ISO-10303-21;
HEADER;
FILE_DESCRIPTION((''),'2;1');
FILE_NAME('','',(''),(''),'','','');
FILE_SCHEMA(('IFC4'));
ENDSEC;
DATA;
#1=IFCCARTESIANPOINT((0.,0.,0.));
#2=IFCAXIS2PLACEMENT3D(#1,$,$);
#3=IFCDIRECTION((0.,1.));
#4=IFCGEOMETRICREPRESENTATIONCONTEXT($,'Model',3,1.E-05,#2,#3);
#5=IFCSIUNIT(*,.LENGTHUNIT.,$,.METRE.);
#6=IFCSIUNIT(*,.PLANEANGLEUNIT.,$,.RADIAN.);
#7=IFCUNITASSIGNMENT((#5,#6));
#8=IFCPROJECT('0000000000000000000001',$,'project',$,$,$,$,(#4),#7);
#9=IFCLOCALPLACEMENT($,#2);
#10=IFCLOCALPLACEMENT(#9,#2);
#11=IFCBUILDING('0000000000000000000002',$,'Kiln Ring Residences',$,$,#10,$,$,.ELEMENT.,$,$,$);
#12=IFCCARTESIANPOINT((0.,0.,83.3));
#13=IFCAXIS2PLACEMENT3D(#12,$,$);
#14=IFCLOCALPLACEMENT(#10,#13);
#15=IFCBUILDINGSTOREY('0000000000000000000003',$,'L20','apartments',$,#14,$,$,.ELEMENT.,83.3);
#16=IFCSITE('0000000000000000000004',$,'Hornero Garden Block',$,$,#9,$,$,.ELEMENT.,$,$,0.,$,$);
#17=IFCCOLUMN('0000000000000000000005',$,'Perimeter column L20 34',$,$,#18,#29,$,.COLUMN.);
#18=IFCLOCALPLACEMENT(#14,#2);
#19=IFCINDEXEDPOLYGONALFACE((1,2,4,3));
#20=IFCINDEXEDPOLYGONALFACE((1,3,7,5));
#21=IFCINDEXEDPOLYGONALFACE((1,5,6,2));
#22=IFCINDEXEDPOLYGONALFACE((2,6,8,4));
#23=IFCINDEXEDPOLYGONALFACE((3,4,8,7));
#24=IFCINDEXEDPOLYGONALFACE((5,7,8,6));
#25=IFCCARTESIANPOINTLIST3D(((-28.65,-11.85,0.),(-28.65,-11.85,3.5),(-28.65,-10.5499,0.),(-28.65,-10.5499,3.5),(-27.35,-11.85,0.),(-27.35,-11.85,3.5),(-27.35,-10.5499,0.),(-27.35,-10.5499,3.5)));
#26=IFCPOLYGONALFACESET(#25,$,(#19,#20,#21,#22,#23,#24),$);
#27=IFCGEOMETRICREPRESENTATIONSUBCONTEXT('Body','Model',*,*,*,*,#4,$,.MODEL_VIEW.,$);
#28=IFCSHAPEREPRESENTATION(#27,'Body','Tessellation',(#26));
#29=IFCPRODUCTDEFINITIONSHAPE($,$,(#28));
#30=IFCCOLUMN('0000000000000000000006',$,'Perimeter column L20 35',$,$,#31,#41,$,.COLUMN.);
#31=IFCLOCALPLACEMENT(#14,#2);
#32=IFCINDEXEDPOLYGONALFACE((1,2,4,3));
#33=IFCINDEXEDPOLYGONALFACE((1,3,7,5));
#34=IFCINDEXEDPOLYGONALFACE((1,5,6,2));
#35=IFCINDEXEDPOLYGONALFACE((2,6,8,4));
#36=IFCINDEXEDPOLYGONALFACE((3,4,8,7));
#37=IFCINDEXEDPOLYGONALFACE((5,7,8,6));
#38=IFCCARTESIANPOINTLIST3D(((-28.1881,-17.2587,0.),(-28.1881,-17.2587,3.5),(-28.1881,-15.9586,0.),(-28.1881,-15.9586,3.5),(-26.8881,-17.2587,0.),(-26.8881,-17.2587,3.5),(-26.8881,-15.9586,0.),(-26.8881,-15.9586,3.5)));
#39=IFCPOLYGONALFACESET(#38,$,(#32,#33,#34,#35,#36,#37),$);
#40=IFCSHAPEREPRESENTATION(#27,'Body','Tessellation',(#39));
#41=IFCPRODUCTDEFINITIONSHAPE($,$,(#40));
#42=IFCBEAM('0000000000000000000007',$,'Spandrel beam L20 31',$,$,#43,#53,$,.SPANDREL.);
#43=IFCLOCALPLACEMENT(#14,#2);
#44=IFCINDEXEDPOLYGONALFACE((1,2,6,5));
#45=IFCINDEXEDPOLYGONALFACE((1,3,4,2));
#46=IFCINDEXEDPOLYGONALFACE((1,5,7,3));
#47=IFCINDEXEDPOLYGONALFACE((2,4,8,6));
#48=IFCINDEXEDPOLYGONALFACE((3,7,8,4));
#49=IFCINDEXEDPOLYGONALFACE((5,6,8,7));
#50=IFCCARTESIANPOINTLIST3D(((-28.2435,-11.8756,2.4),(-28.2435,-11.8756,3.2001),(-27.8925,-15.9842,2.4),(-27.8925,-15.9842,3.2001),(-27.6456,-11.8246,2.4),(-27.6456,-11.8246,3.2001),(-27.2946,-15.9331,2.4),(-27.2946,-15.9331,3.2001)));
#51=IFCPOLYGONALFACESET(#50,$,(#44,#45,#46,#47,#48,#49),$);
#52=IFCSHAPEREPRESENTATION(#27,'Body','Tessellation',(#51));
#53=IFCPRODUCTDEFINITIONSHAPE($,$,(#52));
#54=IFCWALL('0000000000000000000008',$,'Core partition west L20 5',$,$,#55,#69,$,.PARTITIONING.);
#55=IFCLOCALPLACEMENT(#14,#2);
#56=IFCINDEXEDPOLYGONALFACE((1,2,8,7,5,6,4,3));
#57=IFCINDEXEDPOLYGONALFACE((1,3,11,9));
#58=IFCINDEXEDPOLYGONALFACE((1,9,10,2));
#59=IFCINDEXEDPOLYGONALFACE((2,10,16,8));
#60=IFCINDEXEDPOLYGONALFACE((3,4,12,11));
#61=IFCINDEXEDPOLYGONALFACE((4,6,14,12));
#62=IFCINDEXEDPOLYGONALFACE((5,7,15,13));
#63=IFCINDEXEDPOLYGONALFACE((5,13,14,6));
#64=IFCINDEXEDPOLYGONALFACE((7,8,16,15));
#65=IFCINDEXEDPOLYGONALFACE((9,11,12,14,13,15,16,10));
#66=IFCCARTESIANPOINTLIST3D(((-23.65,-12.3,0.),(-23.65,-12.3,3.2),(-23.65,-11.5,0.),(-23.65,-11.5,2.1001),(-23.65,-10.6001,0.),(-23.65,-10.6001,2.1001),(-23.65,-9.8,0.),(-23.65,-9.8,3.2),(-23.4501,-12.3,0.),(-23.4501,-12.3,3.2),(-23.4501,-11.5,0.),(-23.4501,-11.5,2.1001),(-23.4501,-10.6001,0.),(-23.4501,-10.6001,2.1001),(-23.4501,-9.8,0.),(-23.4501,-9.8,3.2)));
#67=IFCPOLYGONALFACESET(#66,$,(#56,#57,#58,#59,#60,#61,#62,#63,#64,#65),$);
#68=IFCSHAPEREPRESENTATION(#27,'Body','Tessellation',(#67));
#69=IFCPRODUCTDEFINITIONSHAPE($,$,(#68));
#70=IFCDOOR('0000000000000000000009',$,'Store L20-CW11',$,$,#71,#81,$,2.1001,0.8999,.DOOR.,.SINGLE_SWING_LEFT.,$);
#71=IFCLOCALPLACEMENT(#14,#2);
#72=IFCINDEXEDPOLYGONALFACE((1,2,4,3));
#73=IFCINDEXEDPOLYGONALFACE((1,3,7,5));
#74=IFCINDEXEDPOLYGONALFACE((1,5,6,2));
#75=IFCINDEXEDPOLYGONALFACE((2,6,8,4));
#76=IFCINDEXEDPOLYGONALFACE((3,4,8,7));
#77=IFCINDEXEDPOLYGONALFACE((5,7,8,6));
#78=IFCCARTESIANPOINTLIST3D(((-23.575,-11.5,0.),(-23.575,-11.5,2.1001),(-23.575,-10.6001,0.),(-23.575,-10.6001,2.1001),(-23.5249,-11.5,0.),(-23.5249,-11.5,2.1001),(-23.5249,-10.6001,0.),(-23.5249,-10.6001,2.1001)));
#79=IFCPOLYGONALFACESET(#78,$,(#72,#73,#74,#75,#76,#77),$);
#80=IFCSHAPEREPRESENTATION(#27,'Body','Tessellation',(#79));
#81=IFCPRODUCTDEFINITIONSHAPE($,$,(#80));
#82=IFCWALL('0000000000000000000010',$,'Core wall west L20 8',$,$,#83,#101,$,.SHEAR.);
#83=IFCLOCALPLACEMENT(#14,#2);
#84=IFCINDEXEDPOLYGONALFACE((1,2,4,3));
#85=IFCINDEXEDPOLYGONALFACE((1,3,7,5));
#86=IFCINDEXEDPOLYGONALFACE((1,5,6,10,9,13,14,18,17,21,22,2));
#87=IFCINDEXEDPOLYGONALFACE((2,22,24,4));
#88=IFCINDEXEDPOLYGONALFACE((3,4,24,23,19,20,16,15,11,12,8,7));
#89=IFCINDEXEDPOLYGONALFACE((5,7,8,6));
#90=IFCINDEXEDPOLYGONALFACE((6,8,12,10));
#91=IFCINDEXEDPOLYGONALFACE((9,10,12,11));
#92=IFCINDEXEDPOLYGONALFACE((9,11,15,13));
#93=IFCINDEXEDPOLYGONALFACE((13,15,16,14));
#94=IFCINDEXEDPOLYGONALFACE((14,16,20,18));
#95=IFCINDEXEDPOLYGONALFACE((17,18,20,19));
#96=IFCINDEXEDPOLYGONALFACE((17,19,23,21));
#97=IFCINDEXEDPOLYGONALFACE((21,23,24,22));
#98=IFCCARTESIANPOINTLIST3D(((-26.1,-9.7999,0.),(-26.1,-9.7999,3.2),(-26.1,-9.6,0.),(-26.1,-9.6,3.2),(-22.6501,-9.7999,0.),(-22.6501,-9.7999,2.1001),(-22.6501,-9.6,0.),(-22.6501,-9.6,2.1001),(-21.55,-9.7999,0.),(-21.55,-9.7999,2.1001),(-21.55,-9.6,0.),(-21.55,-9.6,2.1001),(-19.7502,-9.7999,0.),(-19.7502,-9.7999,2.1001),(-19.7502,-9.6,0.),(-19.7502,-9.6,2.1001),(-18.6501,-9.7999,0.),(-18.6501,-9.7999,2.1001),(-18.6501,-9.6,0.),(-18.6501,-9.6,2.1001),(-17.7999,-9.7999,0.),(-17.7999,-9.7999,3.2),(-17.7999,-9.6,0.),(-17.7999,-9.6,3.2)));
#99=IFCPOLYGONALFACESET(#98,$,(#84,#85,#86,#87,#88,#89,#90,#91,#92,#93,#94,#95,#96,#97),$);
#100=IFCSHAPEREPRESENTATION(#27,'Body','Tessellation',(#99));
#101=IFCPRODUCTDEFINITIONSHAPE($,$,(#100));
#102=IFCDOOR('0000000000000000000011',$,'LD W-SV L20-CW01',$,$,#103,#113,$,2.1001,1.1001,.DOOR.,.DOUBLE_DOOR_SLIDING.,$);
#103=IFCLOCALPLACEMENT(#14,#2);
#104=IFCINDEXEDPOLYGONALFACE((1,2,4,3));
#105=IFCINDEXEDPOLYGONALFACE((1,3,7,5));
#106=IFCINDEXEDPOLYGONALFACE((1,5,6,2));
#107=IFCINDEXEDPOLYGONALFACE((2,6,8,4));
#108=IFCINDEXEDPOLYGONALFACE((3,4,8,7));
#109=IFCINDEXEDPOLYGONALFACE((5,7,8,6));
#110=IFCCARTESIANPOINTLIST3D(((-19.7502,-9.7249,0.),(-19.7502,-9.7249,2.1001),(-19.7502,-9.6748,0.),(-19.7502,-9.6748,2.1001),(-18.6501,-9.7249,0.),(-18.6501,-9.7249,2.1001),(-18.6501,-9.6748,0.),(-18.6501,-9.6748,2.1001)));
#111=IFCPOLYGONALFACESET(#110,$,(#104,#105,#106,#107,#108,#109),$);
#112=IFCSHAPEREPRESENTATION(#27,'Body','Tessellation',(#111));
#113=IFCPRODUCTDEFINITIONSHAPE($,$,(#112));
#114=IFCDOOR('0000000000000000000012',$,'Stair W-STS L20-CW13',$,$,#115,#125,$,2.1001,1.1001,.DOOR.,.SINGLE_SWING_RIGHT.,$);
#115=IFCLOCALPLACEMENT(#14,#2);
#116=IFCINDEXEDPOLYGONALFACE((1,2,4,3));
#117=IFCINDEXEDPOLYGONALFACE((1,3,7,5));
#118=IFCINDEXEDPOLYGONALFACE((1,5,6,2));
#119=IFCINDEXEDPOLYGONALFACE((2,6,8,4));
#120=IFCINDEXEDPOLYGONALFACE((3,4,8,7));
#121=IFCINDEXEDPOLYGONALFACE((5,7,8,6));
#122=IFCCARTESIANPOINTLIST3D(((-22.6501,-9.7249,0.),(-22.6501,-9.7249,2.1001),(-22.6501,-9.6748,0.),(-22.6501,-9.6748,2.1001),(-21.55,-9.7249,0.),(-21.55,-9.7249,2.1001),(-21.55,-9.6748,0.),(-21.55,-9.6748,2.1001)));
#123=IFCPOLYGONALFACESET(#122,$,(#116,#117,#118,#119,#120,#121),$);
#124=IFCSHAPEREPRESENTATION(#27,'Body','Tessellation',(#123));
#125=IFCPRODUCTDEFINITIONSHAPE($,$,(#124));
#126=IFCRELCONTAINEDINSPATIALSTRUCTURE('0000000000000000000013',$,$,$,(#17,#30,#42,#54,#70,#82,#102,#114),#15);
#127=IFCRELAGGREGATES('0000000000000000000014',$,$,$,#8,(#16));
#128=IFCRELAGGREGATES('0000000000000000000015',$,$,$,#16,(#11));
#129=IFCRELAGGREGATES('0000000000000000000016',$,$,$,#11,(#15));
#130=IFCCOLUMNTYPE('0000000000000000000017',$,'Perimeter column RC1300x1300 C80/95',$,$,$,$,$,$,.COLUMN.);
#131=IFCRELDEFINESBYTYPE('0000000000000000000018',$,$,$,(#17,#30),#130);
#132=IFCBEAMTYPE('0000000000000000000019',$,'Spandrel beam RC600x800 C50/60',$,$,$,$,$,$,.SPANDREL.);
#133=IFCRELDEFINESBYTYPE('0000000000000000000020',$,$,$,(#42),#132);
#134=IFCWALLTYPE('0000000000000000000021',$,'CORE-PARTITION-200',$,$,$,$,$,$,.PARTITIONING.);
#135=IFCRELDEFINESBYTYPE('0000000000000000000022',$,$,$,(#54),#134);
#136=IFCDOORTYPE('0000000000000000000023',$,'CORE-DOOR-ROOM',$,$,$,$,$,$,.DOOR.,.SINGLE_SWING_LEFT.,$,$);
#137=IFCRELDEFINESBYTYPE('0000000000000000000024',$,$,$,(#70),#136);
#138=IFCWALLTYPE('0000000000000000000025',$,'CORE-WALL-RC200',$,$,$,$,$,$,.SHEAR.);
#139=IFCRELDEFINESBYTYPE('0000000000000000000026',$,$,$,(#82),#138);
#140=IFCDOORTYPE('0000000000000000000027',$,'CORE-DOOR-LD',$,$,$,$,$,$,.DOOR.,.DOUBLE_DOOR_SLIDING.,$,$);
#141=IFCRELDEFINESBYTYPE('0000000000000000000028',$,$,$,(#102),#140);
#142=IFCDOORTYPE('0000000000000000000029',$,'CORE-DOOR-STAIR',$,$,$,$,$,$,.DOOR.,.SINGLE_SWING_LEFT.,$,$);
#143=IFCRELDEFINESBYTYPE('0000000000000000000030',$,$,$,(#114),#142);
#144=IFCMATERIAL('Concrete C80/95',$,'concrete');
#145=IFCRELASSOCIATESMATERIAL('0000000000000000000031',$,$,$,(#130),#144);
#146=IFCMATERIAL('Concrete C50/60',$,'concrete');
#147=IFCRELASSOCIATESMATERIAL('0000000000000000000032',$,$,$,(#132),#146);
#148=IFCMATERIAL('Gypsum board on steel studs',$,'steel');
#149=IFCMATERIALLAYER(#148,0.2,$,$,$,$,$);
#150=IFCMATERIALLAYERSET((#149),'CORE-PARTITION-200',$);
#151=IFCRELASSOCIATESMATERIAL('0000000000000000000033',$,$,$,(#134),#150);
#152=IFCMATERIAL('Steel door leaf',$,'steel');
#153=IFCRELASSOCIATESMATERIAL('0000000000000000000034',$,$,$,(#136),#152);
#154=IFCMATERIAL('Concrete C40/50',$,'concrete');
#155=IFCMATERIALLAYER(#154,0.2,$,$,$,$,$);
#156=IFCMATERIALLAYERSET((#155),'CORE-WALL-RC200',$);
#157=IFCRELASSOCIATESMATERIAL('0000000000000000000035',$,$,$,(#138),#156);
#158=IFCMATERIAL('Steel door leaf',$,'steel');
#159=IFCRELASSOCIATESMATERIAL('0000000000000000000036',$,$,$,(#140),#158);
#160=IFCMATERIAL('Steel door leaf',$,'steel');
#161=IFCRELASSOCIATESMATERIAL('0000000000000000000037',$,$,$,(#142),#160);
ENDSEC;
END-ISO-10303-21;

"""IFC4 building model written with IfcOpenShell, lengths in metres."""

from ifc_helpers import new_model, si_unit, direction, frame, frame_2d, origin, origin_2d, place, context, subcontext, project, spatial, rectangle, extrude, material, layer, layer_set, material_profile, profile_set, type_object, element, fill, save


model = new_model("IFC4")

# Units and contexts
model_context = context("Model", 3, precision=1e-05, world=origin(), true_north=direction((0.0, 1.0)))
body_context = subcontext(model_context, "Body", "Model", "MODEL_VIEW")
ifc_project = project(units=[si_unit("LENGTHUNIT", "METRE"), si_unit("PLANEANGLEUNIT", "RADIAN")], contexts=[model_context])

# Site, building, storey
site_placement = place(None, origin())
site = spatial("IfcSite", under=ifc_project, at=site_placement, Name="Hornero Garden Block", CompositionType="ELEMENT", RefElevation=0.0)
building_placement = place(site_placement, origin())
building = spatial("IfcBuilding", under=site, at=building_placement, Name="Kiln Ring Residences", CompositionType="ELEMENT")
storey_placement = place(building_placement, frame((0.0, 0.0, 83.3)))
storey = spatial("IfcBuildingStorey", under=building, at=storey_placement, Name="L20", Description="apartments", CompositionType="ELEMENT", Elevation=83.3)

# Columns
ifc_material_1 = material(Name="Concrete C80/95", Category="concrete")
ifc_material_profile_1 = material_profile(ifc_material_1, rectangle(XDim=1.3, YDim=1.3, at=origin_2d()), Name="RC1300x1300")
ifc_profile_set_1 = profile_set([ifc_material_profile_1], Name="Concrete C80/95")
column_type = type_object("IfcColumnType", Name="Perimeter column RC1300x1300 C80/95", PredefinedType="COLUMN", material=ifc_profile_set_1)
for number, where, z_axis, x_axis, name in (
    (1, (-28.0, -11.2, 0.0), (0.0, 0.0, 1.0), (1.0, 0.0, 0.0), "Perimeter column L20 34"),
    (2, (-27.5381, -16.6086, 0.0), (0.0, 0.0, 1.0), (1.0, 0.0, 0.0), "Perimeter column L20 35"),
):
    element("IfcColumn", number, at=place(storey_placement, frame(where, z_axis=z_axis, x_axis=x_axis)), inside=storey, type_object=column_type, Name=name, PredefinedType="COLUMN", context=body_context, shape_type="SweptSolid", body=[
        extrude(rectangle(XDim=1.3, YDim=1.3, at=origin_2d()), origin(), (0.0, 0.0, 1.0), 3.5),
    ])

# Beam
ifc_material_2 = material(Name="Concrete C50/60", Category="concrete")
ifc_material_profile_2 = material_profile(ifc_material_2, rectangle(XDim=0.6001, YDim=0.8, at=origin_2d()), Name="RC600x800")
ifc_profile_set_2 = profile_set([ifc_material_profile_2], Name="Concrete C50/60")
beam_type = type_object("IfcBeamType", Name="Spandrel beam RC600x800 C50/60", PredefinedType="SPANDREL", material=ifc_profile_set_2)
beam_placement = place(storey_placement, frame((-27.9446, -11.8501, 2.8), z_axis=(0.085137, -0.996369, 0.0), x_axis=(0.996369, 0.085137, 0.0)))
element("IfcBeam", 3, at=beam_placement, inside=storey, type_object=beam_type, Name="Spandrel beam L20 31", PredefinedType="SPANDREL", context=body_context, shape_type="SweptSolid", body=[
    extrude(rectangle(XDim=0.6001, YDim=0.8, at=origin_2d()), origin(), (0.0, 0.0, 1.0), 4.1235),
])

# Wall, opening, door
ifc_material_3 = material(Name="Gypsum board on steel studs", Category="steel")
ifc_layer_1 = layer(ifc_material_3, 0.2)
ifc_layer_set_1 = layer_set([ifc_layer_1], Name="CORE-PARTITION-200")
wall_type_1 = type_object("IfcWallType", Name="CORE-PARTITION-200", PredefinedType="PARTITIONING", material=ifc_layer_set_1)
wall_1_placement = place(storey_placement, frame((-23.55, -12.3, 0.0), z_axis=(0.0, 0.0, 1.0), x_axis=(0.0, 1.0, 0.0)))
wall_1 = element("IfcWall", 4, at=wall_1_placement, inside=storey, type_object=wall_type_1, Name="Core partition west L20 5", PredefinedType="PARTITIONING", context=body_context, shape_type="SweptSolid", body=[
    extrude(rectangle(XDim=2.5, YDim=0.2, at=frame_2d((1.25, 0.0))), origin(), (0.0, 0.0, 1.0), 3.2),
])
opening_1_placement = place(wall_1_placement, frame((0.8, 0.0, 0.0)))
opening_1 = element("IfcOpeningElement", 5, at=opening_1_placement, cuts=wall_1, PredefinedType="OPENING", context=body_context, shape_type="SweptSolid", body=[
    extrude(rectangle(XDim=0.8999, YDim=2.1001, at=frame_2d((0.45, 1.05))), frame((0.0, 0.1099, 0.0), z_axis=(0.0, -1.0, 0.0), x_axis=(1.0, 0.0, 0.0)), (0.0, 0.0, 1.0), 0.22),
])
ifc_material_4 = material(Name="Steel door leaf", Category="steel")
door_type_1 = type_object("IfcDoorType", Name="CORE-DOOR-ROOM", OperationType="SINGLE_SWING_LEFT", PredefinedType="DOOR", material=ifc_material_4)
door_1_placement = place(opening_1_placement, origin())
door_1 = element("IfcDoor", 6, at=door_1_placement, inside=storey, type_object=door_type_1, Name="Store L20-CW11", OperationType="SINGLE_SWING_LEFT", OverallHeight=2.1001, OverallWidth=0.8999, PredefinedType="DOOR", context=body_context, shape_type="SweptSolid", body=[
    extrude(rectangle(XDim=0.8999, YDim=2.1001, at=frame_2d((0.45, 1.05))), frame((0.0, 0.0249, 0.0), z_axis=(0.0, -1.0, 0.0), x_axis=(1.0, 0.0, 0.0)), (0.0, 0.0, 1.0), 0.05),
])
fill(opening_1, door_1)

# Wall, openings, doors
ifc_material_5 = material(Name="Concrete C40/50", Category="concrete")
ifc_layer_2 = layer(ifc_material_5, 0.2)
ifc_layer_set_2 = layer_set([ifc_layer_2], Name="CORE-WALL-RC200")
wall_type_2 = type_object("IfcWallType", Name="CORE-WALL-RC200", PredefinedType="SHEAR", material=ifc_layer_set_2)
wall_2_placement = place(storey_placement, frame((-17.8, -9.7, 0.0), z_axis=(0.0, 0.0, 1.0), x_axis=(-1.0, 0.0, 0.0)))
wall_2 = element("IfcWall", 7, at=wall_2_placement, inside=storey, type_object=wall_type_2, Name="Core wall west L20 8", PredefinedType="SHEAR", context=body_context, shape_type="SweptSolid", body=[
    extrude(rectangle(XDim=8.3, YDim=0.2, at=frame_2d((4.1499, 0.0))), origin(), (0.0, 0.0, 1.0), 3.2),
])
opening_2_placement = place(wall_2_placement, frame((0.8501, 0.0, 0.0)))
opening_2 = element("IfcOpeningElement", 8, at=opening_2_placement, cuts=wall_2, PredefinedType="OPENING", context=body_context, shape_type="SweptSolid", body=[
    extrude(rectangle(XDim=1.1001, YDim=2.1001, at=frame_2d((0.55, 1.05))), frame((0.0, 0.1099, 0.0), z_axis=(0.0, -1.0, 0.0), x_axis=(1.0, 0.0, 0.0)), (0.0, 0.0, 1.0), 0.22),
])
opening_3_placement = place(wall_2_placement, frame((3.75, 0.0, 0.0)))
opening_3 = element("IfcOpeningElement", 9, at=opening_3_placement, cuts=wall_2, PredefinedType="OPENING", context=body_context, shape_type="SweptSolid", body=[
    extrude(rectangle(XDim=1.1001, YDim=2.1001, at=frame_2d((0.55, 1.05))), frame((0.0, 0.1099, 0.0), z_axis=(0.0, -1.0, 0.0), x_axis=(1.0, 0.0, 0.0)), (0.0, 0.0, 1.0), 0.22),
])
ifc_material_6 = material(Name="Steel door leaf", Category="steel")
door_type_2 = type_object("IfcDoorType", Name="CORE-DOOR-LD", OperationType="DOUBLE_DOOR_SLIDING", PredefinedType="DOOR", material=ifc_material_6)
door_2_placement = place(opening_2_placement, origin())
door_2 = element("IfcDoor", 10, at=door_2_placement, inside=storey, type_object=door_type_2, Name="LD W-SV L20-CW01", OperationType="DOUBLE_DOOR_SLIDING", OverallHeight=2.1001, OverallWidth=1.1001, PredefinedType="DOOR", context=body_context, shape_type="SweptSolid", body=[
    extrude(rectangle(XDim=1.1001, YDim=2.1001, at=frame_2d((0.55, 1.05))), frame((0.0, 0.0249, 0.0), z_axis=(0.0, -1.0, 0.0), x_axis=(1.0, 0.0, 0.0)), (0.0, 0.0, 1.0), 0.05),
])
fill(opening_2, door_2)
ifc_material_7 = material(Name="Steel door leaf", Category="steel")
door_type_3 = type_object("IfcDoorType", Name="CORE-DOOR-STAIR", OperationType="SINGLE_SWING_LEFT", PredefinedType="DOOR", material=ifc_material_7)
door_3_placement = place(opening_3_placement, origin())
door_3 = element("IfcDoor", 11, at=door_3_placement, inside=storey, type_object=door_type_3, Name="Stair W-STS L20-CW13", OperationType="SINGLE_SWING_RIGHT", OverallHeight=2.1001, OverallWidth=1.1001, PredefinedType="DOOR", context=body_context, shape_type="SweptSolid", body=[
    extrude(rectangle(XDim=1.1001, YDim=2.1001, at=frame_2d((0.55, 1.05))), frame((0.0, 0.0249, 0.0), z_axis=(0.0, -1.0, 0.0), x_axis=(1.0, 0.0, 0.0)), (0.0, 0.0, 1.0), 0.05),
])
fill(opening_3, door_3)

save(model, "model.ifc")
